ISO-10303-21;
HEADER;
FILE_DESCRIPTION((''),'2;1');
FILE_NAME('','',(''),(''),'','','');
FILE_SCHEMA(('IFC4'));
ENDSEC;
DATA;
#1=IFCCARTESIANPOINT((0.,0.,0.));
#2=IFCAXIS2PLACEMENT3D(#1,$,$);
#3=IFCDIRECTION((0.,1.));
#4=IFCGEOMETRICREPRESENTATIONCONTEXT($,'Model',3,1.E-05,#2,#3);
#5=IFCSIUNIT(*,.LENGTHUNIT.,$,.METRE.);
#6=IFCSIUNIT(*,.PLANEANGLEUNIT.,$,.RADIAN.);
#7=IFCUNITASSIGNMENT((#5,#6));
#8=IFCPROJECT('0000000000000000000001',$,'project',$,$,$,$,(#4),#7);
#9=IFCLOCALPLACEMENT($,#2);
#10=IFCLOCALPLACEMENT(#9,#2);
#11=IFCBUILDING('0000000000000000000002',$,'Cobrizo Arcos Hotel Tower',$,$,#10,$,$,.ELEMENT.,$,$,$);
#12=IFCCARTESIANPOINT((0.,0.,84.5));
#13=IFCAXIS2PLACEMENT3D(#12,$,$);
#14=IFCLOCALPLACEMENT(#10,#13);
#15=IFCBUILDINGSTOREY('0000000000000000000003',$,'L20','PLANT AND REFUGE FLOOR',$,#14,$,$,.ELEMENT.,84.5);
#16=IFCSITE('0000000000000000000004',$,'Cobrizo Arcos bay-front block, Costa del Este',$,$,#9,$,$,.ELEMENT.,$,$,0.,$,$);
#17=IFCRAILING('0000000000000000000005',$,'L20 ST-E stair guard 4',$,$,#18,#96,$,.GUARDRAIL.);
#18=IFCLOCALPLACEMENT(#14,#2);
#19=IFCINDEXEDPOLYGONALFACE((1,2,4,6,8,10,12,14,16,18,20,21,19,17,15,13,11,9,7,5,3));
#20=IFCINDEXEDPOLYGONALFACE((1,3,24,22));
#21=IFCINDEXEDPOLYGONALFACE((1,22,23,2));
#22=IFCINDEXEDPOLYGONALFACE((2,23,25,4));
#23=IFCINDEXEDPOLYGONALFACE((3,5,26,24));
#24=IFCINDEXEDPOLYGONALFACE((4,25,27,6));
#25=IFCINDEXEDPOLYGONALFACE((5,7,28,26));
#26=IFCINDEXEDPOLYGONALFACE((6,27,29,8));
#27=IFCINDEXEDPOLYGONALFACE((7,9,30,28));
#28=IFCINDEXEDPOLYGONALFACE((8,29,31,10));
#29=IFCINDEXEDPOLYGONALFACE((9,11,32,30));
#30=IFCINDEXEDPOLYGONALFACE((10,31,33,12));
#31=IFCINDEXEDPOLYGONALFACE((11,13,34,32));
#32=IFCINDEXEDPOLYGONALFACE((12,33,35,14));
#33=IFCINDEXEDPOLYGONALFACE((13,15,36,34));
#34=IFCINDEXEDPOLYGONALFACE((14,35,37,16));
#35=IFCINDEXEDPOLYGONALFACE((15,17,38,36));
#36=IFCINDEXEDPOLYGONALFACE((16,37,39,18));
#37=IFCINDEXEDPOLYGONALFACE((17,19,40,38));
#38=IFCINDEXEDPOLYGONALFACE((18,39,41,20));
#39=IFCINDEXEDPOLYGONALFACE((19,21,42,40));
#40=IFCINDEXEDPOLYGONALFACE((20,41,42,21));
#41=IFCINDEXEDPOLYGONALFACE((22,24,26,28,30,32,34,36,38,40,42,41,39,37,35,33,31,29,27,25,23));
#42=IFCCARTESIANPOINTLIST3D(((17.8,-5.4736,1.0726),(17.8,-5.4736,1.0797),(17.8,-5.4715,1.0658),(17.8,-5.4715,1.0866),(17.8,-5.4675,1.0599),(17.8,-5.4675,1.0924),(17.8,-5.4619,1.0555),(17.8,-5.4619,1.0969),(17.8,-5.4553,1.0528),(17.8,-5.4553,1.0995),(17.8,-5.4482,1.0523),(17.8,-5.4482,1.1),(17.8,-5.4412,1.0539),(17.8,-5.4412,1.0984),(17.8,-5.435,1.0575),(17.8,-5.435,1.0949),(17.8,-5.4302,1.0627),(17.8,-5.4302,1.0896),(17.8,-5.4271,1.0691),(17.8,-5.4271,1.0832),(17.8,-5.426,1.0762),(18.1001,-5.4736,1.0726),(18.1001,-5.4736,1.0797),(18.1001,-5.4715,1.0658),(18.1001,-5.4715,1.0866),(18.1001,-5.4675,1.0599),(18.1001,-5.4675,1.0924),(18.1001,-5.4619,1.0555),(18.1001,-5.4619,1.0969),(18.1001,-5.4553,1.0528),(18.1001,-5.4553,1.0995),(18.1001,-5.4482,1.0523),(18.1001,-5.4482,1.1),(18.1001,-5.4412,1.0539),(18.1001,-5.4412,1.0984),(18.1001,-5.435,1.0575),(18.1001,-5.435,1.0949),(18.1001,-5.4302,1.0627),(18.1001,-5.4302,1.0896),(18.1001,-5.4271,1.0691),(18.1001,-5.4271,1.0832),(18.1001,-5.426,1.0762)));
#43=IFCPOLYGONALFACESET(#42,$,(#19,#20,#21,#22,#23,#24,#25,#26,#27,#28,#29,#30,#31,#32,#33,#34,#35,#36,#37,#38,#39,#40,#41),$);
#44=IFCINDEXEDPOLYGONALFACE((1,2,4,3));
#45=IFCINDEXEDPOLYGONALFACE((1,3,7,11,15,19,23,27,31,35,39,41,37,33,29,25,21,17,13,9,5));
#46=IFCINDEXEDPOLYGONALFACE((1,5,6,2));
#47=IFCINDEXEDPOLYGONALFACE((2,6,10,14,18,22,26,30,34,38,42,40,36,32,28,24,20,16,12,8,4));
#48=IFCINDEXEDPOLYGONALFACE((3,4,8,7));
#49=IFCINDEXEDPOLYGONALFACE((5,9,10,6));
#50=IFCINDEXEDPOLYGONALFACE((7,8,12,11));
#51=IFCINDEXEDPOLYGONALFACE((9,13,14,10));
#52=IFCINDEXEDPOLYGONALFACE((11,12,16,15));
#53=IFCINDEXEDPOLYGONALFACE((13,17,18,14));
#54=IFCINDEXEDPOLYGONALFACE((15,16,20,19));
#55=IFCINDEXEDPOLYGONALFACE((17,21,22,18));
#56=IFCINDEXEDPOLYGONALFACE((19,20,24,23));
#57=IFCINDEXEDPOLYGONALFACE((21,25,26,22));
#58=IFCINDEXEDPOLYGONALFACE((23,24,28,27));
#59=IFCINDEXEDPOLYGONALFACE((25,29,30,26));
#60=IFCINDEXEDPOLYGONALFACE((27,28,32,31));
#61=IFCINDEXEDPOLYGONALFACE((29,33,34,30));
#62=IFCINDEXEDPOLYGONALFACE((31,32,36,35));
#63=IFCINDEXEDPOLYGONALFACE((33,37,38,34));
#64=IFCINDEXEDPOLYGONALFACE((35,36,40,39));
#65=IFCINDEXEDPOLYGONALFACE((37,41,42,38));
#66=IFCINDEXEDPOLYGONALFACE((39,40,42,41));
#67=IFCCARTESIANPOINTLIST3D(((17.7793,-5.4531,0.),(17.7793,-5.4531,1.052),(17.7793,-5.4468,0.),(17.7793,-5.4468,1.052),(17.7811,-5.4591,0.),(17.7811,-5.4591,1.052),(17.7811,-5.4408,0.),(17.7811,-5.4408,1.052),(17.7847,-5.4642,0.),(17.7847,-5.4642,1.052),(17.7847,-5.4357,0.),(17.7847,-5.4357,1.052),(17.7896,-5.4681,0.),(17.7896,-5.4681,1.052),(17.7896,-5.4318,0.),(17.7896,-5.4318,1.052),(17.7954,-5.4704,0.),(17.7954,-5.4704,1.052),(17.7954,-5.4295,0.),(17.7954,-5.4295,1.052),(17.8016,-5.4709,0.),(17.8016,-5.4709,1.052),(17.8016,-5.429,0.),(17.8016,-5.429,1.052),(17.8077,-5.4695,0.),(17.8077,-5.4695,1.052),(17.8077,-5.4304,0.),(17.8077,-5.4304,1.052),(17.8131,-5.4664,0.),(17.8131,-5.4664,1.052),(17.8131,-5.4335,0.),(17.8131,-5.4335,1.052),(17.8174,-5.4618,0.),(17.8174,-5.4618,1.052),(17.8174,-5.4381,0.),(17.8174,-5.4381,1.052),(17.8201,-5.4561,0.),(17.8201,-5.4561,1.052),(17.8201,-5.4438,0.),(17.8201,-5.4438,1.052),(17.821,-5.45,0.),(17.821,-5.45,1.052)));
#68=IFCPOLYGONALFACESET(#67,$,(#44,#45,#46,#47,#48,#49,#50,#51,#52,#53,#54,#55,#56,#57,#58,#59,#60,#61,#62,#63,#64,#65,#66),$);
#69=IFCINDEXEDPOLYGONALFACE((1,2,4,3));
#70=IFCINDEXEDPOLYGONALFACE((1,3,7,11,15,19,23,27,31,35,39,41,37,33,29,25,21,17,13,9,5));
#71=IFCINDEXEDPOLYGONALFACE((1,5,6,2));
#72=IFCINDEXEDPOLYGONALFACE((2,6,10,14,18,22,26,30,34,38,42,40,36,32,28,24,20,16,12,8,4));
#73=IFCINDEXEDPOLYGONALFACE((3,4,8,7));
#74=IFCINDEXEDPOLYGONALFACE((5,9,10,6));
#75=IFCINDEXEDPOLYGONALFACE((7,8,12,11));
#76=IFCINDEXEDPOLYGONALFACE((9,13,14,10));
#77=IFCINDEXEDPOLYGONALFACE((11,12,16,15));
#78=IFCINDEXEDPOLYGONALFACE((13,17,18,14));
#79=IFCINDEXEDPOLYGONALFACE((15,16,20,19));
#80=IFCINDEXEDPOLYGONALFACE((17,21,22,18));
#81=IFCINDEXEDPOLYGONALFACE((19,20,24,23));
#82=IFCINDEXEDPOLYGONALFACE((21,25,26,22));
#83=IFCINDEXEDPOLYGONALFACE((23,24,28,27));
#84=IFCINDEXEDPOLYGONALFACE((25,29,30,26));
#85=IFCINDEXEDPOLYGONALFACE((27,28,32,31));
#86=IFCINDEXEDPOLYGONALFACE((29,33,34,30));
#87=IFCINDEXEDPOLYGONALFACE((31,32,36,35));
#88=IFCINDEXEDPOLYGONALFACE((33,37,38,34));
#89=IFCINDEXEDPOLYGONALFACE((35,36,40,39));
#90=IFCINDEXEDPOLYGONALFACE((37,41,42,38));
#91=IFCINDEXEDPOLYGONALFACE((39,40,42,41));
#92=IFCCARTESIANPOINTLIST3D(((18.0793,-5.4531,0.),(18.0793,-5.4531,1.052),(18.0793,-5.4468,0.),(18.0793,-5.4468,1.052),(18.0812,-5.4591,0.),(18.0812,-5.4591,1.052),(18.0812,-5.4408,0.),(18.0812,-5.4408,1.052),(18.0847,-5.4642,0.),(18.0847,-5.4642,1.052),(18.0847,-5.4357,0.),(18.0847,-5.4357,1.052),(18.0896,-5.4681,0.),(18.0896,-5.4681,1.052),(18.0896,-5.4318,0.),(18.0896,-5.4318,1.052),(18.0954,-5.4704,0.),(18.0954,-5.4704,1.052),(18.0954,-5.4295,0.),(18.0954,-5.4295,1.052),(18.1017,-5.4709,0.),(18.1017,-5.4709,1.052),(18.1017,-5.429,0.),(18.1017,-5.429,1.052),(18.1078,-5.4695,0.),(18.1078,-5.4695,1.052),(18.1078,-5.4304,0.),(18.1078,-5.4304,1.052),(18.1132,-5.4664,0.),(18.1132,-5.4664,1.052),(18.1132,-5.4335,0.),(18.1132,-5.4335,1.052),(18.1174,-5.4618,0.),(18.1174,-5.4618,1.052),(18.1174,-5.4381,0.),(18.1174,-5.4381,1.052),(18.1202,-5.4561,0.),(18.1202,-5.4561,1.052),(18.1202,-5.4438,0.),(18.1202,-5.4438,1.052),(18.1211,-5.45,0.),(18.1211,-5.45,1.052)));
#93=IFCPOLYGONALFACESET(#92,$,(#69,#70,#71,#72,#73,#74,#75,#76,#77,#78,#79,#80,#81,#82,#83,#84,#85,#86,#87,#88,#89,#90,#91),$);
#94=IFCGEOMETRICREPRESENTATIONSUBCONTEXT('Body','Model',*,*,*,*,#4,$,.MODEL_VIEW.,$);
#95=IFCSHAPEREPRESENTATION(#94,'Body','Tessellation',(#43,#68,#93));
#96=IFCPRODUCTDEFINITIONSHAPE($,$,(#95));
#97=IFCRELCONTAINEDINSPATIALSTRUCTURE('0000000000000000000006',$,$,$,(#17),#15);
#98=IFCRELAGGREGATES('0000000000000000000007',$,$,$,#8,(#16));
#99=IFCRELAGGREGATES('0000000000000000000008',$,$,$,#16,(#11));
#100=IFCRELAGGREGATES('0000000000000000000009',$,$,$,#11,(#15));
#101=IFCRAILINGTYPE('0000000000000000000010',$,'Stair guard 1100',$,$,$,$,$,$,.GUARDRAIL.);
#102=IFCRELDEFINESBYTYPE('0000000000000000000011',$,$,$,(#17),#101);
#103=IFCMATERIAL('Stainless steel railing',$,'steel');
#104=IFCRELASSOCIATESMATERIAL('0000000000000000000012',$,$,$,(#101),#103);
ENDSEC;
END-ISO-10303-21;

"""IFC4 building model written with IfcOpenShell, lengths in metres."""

from ifc_helpers import new_model, si_unit, direction, frame, origin, origin_2d, place, context, subcontext, project, spatial, circle, extrude, material, type_object, element, save


model = new_model("IFC4")

# Units and contexts
model_context = context("Model", 3, precision=1e-05, world=origin(), true_north=direction((0.0, 1.0)))
body_context = subcontext(model_context, "Body", "Model", "MODEL_VIEW")
ifc_project = project(units=[si_unit("LENGTHUNIT", "METRE"), si_unit("PLANEANGLEUNIT", "RADIAN")], contexts=[model_context])

# Site, building, storey
site_placement = place(None, origin())
site = spatial("IfcSite", under=ifc_project, at=site_placement, Name="Cobrizo Arcos bay-front block, Costa del Este", CompositionType="ELEMENT", RefElevation=0.0)
building_placement = place(site_placement, origin())
building = spatial("IfcBuilding", under=site, at=building_placement, Name="Cobrizo Arcos Hotel Tower", CompositionType="ELEMENT")
storey_placement = place(building_placement, frame((0.0, 0.0, 84.5)))
storey = spatial("IfcBuildingStorey", under=building, at=storey_placement, Name="L20", Description="PLANT AND REFUGE FLOOR", CompositionType="ELEMENT", Elevation=84.5)

# Railing
ifc_material_1 = material(Name="Stainless steel railing", Category="steel")
railing_type_1 = type_object("IfcRailingType", Name="Stair guard 1100", PredefinedType="GUARDRAIL", material=ifc_material_1)
railing_1_placement = place(storey_placement, frame((17.8, -5.45, 0.0)))
element("IfcRailing", 1, at=railing_1_placement, inside=storey, type_object=railing_type_1, Name="L20 ST-E stair guard 4", PredefinedType="GUARDRAIL", context=body_context, shape_type="SweptSolid", body=[
    extrude(circle(Radius=0.0239, at=origin_2d()), frame((0.0, 0.0, 1.0762), z_axis=(1.0, 0.0, 0.0), x_axis=(0.0, 1.0, 0.0)), (0.0, 0.0, 1.0), 0.3),
    extrude(circle(Radius=0.021, at=origin_2d()), origin(), (0.0, 0.0, 1.0), 1.052),
    extrude(circle(Radius=0.021, at=origin_2d()), frame((0.3, 0.0, 0.0)), (0.0, 0.0, 1.0), 1.052),
])

save(model, "model.ifc")
